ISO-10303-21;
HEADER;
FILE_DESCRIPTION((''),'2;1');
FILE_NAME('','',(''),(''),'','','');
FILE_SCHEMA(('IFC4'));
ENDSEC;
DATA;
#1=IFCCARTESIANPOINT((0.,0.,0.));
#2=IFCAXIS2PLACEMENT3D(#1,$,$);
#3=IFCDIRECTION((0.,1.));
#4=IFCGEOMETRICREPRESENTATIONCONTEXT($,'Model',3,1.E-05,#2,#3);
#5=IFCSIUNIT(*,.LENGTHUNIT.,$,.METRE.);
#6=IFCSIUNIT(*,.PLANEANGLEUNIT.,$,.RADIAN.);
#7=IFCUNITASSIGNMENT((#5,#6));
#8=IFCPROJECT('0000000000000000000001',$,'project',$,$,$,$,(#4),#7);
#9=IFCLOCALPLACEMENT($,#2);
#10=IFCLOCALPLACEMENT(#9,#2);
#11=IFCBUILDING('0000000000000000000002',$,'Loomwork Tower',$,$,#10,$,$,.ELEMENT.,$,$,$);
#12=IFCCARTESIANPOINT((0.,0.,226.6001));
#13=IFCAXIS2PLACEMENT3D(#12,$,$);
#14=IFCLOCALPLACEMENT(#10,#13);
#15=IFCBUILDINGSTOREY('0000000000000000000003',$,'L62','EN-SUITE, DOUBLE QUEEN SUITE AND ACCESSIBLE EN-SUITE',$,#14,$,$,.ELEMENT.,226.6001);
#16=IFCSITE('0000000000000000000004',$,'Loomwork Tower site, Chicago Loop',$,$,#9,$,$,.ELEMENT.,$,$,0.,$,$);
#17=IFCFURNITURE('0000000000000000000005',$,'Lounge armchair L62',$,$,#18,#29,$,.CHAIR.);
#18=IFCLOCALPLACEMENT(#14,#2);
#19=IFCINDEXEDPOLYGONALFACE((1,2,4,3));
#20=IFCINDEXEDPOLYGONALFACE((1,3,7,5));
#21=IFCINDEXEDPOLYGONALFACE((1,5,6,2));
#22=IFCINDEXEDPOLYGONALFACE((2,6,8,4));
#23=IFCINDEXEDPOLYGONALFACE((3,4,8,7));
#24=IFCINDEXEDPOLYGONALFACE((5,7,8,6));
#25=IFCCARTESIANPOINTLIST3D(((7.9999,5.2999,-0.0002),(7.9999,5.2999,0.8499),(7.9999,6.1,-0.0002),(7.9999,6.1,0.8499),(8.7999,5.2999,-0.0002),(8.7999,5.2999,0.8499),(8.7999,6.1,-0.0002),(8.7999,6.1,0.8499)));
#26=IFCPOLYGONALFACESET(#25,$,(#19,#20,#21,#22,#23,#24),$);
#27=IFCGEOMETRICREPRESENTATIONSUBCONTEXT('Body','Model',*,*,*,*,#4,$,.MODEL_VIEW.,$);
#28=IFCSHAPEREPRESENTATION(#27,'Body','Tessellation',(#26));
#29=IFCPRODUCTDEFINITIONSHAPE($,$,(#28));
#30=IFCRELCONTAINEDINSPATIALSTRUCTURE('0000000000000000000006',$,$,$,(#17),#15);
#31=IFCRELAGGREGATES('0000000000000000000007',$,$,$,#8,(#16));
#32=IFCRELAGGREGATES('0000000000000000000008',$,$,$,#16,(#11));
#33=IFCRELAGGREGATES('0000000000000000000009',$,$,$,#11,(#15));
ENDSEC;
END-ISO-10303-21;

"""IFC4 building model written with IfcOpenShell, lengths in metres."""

from ifc_helpers import new_model, si_unit, direction, frame, origin, origin_2d, place, context, subcontext, project, spatial, rectangle, extrude, element, save


model = new_model("IFC4")

# Units and contexts
model_context = context("Model", 3, precision=1e-05, world=origin(), true_north=direction((0.0, 1.0)))
body_context = subcontext(model_context, "Body", "Model", "MODEL_VIEW")
ifc_project = project(units=[si_unit("LENGTHUNIT", "METRE"), si_unit("PLANEANGLEUNIT", "RADIAN")], contexts=[model_context])

# Site, building, storey
site_placement = place(None, origin())
site = spatial("IfcSite", under=ifc_project, at=site_placement, Name="Loomwork Tower site, Chicago Loop", CompositionType="ELEMENT", RefElevation=0.0)
building_placement = place(site_placement, origin())
building = spatial("IfcBuilding", under=site, at=building_placement, Name="Loomwork Tower", CompositionType="ELEMENT")
storey_placement = place(building_placement, frame((0.0, 0.0, 226.6001)))
storey = spatial("IfcBuildingStorey", under=building, at=storey_placement, Name="L62", Description="EN-SUITE, DOUBLE QUEEN SUITE AND ACCESSIBLE EN-SUITE", CompositionType="ELEMENT", Elevation=226.6001)

# Furniture
furniture_1_placement = place(storey_placement, frame((8.3999, 5.7, -0.0002), z_axis=(0.0, 0.0, 1.0), x_axis=(1.0, 0.0, 0.0)))
element("IfcFurniture", 1, at=furniture_1_placement, inside=storey, Name="Lounge armchair L62", PredefinedType="CHAIR", context=body_context, shape_type="SweptSolid", body=[
    extrude(rectangle(XDim=0.8, YDim=0.8, at=origin_2d()), origin(), (0.0, 0.0, 1.0), 0.8501),
])

save(model, "model.ifc")
